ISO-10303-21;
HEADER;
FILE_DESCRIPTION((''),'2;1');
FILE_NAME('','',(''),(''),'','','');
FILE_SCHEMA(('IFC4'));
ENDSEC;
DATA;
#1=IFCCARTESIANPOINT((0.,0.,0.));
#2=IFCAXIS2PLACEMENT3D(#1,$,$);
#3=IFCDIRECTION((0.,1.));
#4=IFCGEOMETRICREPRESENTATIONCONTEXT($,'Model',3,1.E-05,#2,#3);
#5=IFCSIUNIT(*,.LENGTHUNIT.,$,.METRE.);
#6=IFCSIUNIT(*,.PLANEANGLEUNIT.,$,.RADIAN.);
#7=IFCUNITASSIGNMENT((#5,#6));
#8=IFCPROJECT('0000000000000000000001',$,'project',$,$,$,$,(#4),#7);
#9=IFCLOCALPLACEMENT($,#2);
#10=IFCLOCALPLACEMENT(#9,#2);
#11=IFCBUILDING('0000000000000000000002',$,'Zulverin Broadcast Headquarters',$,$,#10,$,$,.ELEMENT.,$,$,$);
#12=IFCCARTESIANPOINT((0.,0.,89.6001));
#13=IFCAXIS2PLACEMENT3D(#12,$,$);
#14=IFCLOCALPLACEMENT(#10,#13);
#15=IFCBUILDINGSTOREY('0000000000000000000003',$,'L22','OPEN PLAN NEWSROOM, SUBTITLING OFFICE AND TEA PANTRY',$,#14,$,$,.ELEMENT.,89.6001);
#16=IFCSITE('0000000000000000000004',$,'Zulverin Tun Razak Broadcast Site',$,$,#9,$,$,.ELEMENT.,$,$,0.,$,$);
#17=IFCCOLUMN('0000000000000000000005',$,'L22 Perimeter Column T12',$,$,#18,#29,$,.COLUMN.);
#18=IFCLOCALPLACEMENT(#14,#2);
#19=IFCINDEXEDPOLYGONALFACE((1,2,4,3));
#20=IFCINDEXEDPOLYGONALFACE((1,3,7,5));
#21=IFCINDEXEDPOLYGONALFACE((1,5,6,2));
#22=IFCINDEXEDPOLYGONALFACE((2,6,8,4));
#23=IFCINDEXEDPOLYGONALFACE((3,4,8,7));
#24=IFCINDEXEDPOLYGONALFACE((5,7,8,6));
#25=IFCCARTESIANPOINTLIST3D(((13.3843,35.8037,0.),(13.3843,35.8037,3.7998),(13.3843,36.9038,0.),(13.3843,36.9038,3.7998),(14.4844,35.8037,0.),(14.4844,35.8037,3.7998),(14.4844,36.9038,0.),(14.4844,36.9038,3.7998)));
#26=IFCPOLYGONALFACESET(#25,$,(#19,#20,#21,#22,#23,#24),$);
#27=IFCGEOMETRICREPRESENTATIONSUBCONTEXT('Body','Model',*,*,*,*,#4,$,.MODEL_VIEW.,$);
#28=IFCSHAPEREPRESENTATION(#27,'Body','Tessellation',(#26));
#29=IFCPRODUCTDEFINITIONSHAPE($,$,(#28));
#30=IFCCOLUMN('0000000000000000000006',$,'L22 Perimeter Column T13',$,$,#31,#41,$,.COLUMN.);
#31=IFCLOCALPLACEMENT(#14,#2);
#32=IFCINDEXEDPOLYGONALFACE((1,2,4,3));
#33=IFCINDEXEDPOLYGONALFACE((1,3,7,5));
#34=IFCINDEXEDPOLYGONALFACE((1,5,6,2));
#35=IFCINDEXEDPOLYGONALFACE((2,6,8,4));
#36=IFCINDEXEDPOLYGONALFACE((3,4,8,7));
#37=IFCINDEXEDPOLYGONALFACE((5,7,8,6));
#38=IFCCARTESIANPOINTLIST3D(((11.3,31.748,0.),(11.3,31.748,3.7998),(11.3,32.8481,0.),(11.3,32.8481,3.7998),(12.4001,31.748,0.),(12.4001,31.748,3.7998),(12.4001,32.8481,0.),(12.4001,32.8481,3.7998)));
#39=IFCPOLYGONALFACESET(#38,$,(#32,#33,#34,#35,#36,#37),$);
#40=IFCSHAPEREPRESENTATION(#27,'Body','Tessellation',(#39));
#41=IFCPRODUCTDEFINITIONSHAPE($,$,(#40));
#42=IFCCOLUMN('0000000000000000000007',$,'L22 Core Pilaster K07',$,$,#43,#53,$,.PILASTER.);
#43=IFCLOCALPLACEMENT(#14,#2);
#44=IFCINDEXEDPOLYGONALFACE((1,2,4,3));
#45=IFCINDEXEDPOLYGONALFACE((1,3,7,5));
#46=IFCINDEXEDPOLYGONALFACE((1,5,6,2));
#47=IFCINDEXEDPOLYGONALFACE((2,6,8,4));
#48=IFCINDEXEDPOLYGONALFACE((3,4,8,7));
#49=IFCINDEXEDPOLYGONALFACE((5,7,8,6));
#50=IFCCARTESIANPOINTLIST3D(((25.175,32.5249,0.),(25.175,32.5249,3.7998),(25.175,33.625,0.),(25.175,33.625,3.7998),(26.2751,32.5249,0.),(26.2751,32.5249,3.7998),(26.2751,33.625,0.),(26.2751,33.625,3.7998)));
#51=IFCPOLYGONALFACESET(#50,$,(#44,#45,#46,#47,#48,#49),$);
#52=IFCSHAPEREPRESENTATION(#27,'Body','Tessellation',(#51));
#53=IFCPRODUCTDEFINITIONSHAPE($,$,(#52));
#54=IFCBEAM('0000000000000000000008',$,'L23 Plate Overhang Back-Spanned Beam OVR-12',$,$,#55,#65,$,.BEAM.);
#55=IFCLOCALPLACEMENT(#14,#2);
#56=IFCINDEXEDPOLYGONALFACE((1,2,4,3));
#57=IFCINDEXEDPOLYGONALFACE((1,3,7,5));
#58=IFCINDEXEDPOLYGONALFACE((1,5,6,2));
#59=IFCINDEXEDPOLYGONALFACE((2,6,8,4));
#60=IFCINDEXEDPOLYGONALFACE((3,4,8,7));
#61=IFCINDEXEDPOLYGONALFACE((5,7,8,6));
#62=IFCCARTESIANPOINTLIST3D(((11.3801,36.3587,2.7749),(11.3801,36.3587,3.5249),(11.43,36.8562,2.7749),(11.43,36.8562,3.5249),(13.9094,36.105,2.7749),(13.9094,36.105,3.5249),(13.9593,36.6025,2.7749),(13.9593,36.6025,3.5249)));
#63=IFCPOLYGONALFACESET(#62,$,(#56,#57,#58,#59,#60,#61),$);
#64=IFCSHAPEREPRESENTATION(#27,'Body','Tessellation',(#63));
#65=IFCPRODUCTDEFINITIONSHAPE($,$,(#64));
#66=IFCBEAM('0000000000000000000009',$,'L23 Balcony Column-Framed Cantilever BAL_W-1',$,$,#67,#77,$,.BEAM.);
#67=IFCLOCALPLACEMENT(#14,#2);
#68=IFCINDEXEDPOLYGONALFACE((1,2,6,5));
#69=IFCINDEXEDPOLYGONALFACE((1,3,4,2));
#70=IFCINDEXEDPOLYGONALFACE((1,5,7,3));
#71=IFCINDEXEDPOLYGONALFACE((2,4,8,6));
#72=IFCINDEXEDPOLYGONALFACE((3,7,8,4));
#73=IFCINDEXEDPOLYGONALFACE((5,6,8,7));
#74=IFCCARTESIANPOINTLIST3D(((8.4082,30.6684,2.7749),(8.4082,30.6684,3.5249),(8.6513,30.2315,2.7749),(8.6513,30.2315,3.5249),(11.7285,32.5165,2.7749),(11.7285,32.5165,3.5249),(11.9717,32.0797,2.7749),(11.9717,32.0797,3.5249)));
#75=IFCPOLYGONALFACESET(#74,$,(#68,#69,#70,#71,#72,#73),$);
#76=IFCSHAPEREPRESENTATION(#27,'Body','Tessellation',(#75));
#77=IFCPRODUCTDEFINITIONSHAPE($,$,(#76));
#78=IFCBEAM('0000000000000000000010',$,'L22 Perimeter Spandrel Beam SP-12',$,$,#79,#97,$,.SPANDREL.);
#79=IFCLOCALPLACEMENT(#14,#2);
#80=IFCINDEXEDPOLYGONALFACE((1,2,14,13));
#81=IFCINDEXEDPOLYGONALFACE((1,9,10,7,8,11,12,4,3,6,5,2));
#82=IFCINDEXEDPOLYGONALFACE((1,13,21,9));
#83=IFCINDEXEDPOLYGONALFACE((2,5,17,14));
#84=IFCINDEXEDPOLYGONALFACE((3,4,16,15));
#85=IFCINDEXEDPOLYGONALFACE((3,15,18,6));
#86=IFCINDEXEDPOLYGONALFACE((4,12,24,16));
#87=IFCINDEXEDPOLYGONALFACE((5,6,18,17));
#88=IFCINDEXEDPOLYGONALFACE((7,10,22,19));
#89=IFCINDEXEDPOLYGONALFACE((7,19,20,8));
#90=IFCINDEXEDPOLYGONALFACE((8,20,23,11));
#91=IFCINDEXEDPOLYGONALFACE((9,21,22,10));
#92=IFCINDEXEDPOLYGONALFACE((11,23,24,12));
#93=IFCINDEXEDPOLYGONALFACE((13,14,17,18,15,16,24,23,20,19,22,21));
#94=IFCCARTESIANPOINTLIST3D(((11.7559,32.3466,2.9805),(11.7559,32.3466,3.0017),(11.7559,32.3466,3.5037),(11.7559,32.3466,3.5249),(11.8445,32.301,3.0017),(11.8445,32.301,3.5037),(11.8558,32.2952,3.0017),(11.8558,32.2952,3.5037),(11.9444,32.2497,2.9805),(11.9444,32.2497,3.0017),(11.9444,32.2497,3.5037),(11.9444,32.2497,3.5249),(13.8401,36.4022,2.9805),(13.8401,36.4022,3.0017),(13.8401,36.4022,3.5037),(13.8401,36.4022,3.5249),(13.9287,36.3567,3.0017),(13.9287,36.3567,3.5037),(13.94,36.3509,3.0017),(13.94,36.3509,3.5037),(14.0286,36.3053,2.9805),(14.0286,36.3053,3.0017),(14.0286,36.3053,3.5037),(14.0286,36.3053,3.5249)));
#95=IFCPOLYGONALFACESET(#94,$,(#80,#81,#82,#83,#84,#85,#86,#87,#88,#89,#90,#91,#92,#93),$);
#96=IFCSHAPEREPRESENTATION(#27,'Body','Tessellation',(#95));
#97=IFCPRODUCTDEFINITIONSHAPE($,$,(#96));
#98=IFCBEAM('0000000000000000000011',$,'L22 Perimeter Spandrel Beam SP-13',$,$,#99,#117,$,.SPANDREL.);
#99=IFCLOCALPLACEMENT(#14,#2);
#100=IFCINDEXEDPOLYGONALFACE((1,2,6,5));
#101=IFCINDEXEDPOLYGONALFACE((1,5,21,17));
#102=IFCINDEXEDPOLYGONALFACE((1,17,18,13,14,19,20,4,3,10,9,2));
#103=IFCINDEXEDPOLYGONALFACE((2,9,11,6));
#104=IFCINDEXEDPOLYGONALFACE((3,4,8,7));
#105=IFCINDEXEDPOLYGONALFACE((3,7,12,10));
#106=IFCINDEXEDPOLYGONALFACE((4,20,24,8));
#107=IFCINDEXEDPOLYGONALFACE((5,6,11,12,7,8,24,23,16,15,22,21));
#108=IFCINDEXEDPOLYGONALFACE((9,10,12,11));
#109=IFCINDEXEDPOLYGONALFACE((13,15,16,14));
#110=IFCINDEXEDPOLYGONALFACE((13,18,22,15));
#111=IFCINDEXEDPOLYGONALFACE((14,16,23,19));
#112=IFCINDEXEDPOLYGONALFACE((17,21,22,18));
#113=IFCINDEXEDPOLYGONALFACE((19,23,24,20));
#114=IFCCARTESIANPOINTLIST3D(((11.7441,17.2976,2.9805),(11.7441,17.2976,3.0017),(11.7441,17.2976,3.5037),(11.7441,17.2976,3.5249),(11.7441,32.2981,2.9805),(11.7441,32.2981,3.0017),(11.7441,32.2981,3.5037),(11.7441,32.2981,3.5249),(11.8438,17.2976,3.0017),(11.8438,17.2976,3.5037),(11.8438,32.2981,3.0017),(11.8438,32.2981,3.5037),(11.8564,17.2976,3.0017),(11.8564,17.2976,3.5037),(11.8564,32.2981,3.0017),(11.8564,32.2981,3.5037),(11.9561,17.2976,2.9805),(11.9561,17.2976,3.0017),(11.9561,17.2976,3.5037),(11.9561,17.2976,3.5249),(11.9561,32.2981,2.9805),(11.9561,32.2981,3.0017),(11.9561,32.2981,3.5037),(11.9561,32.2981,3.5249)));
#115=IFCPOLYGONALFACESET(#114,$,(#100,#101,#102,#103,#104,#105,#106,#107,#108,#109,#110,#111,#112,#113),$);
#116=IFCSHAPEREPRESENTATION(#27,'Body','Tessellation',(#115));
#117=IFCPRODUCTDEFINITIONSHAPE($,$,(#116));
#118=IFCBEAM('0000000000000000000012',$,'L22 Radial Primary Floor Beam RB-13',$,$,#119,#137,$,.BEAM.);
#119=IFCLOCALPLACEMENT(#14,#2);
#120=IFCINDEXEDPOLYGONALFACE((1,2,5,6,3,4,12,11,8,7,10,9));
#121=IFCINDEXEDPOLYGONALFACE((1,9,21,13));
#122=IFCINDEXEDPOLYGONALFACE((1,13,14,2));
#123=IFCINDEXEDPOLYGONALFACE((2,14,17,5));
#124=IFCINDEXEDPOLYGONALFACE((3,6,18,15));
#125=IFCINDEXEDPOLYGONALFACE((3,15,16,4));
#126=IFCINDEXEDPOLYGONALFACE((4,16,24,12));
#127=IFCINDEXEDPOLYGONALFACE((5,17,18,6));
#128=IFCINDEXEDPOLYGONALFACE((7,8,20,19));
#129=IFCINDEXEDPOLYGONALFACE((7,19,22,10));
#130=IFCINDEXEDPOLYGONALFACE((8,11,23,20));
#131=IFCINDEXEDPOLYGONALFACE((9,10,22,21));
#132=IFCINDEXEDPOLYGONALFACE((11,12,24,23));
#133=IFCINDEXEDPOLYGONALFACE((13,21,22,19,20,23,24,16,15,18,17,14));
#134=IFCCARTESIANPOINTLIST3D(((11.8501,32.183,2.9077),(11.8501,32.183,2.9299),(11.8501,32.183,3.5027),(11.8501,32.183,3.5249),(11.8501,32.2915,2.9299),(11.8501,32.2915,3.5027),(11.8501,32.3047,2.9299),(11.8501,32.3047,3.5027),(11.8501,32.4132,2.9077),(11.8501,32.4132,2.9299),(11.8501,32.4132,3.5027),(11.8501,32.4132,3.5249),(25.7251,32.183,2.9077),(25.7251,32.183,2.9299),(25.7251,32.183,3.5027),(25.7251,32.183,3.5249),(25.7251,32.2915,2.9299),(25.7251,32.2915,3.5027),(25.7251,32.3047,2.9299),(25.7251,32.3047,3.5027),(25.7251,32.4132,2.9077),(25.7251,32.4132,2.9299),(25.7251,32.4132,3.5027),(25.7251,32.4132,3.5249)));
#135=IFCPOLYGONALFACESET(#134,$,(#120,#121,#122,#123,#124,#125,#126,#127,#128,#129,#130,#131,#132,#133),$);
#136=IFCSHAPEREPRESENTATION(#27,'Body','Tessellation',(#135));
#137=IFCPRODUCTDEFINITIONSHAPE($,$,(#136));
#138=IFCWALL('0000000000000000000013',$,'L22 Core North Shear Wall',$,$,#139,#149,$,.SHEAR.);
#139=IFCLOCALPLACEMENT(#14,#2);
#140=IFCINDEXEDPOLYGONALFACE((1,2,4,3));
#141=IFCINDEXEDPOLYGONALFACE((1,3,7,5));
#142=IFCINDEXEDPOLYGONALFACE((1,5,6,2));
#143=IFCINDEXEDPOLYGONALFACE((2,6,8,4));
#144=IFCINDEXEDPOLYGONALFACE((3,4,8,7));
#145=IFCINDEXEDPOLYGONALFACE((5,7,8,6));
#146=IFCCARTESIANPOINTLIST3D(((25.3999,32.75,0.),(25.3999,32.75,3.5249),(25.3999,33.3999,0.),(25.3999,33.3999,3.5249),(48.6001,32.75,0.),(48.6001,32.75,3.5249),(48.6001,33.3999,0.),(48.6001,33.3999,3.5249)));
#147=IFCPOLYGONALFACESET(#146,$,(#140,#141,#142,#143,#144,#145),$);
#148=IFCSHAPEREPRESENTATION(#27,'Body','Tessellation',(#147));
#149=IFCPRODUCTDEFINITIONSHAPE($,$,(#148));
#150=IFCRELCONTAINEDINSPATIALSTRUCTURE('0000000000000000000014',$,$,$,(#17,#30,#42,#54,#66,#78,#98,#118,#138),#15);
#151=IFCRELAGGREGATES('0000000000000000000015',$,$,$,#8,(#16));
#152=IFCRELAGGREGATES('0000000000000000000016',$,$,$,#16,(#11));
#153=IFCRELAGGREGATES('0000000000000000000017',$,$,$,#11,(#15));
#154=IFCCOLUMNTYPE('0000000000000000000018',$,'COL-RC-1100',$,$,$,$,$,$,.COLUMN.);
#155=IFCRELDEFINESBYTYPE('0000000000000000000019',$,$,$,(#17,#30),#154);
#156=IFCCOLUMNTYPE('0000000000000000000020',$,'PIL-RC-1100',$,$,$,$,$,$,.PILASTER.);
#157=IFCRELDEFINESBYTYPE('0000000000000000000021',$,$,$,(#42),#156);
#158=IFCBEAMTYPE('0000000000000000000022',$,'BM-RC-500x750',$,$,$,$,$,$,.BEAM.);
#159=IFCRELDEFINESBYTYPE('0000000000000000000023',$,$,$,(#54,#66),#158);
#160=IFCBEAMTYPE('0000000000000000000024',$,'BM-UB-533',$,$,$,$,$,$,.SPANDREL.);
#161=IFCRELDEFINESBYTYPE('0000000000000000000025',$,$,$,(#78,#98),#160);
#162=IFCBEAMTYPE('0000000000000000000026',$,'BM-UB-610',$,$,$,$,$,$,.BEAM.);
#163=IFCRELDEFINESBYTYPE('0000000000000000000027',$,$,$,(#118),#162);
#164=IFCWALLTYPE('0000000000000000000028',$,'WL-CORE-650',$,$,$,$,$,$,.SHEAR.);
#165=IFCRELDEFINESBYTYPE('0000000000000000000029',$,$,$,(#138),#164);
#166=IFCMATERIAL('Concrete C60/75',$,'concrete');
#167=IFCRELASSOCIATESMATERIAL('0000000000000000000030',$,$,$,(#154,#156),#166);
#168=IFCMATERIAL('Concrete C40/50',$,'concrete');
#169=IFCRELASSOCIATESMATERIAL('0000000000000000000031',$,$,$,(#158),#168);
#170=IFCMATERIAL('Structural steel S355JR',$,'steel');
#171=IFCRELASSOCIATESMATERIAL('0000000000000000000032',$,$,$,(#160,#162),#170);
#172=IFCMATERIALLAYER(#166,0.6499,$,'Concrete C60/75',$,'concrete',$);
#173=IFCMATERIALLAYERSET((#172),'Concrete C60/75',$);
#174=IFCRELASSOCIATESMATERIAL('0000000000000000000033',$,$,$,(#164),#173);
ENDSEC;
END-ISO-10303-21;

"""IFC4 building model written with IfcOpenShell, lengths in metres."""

from ifc_helpers import new_model, si_unit, direction, frame, frame_2d, origin, origin_2d, place, context, subcontext, project, spatial, rectangle, i_section, extrude, material, layer, layer_set, material_profile, profile_set, type_object, element, save


model = new_model("IFC4")

# Units and contexts
model_context = context("Model", 3, precision=1e-05, world=origin(), true_north=direction((0.0, 1.0)))
body_context = subcontext(model_context, "Body", "Model", "MODEL_VIEW")
ifc_project = project(units=[si_unit("LENGTHUNIT", "METRE"), si_unit("PLANEANGLEUNIT", "RADIAN")], contexts=[model_context])

# Site, building, storey
site_placement = place(None, origin())
site = spatial("IfcSite", under=ifc_project, at=site_placement, Name="Zulverin Tun Razak Broadcast Site", CompositionType="ELEMENT", RefElevation=0.0)
building_placement = place(site_placement, origin())
building = spatial("IfcBuilding", under=site, at=building_placement, Name="Zulverin Broadcast Headquarters", CompositionType="ELEMENT")
storey_placement = place(building_placement, frame((0.0, 0.0, 89.6001)))
storey = spatial("IfcBuildingStorey", under=building, at=storey_placement, Name="L22", Description="OPEN PLAN NEWSROOM, SUBTITLING OFFICE AND TEA PANTRY", CompositionType="ELEMENT", Elevation=89.6001)

# Columns
ifc_material_1 = material(Name="Concrete C60/75", Category="concrete")
ifc_material_profile_1 = material_profile(ifc_material_1, rectangle(XDim=1.1001, YDim=1.1001, at=origin_2d()), Name="Concrete C60/75", Category="concrete")
ifc_profile_set_1 = profile_set([ifc_material_profile_1], Name="Concrete C60/75")
column_type_1 = type_object("IfcColumnType", Name="COL-RC-1100", PredefinedType="COLUMN", material=ifc_profile_set_1)
for number, where, z_axis, x_axis, name in (
    (1, (13.9343, 36.3538, 0.0), (0.0, 0.0, 1.0), (1.0, 0.0, 0.0), "L22 Perimeter Column T12"),
    (2, (11.8501, 32.2981, 0.0), (0.0, 0.0, 1.0), (1.0, 0.0, 0.0), "L22 Perimeter Column T13"),
):
    element("IfcColumn", number, at=place(storey_placement, frame(where, z_axis=z_axis, x_axis=x_axis)), inside=storey, type_object=column_type_1, Name=name, PredefinedType="COLUMN", context=body_context, shape_type="SweptSolid", body=[
        extrude(rectangle(XDim=1.1001, YDim=1.1001, at=origin_2d()), origin(), (0.0, 0.0, 1.0), 3.7998),
    ])
ifc_material_profile_2 = material_profile(ifc_material_1, rectangle(XDim=1.1001, YDim=1.1001, at=origin_2d()), Name="Concrete C60/75", Category="concrete")
ifc_profile_set_2 = profile_set([ifc_material_profile_2], Name="Concrete C60/75")
column_type_2 = type_object("IfcColumnType", Name="PIL-RC-1100", PredefinedType="PILASTER", material=ifc_profile_set_2)
column_placement = place(storey_placement, frame((25.7251, 33.075, 0.0), z_axis=(0.0, 0.0, 1.0), x_axis=(1.0, 0.0, 0.0)))
element("IfcColumn", 3, at=column_placement, inside=storey, type_object=column_type_2, Name="L22 Core Pilaster K07", PredefinedType="PILASTER", context=body_context, shape_type="SweptSolid", body=[
    extrude(rectangle(XDim=1.1001, YDim=1.1001, at=origin_2d()), origin(), (0.0, 0.0, 1.0), 3.7998),
])

# Beams
ifc_material_2 = material(Name="Concrete C40/50", Category="concrete")
ifc_material_profile_3 = material_profile(ifc_material_2, rectangle(XDim=0.5, YDim=0.75, at=origin_2d()), Name="Concrete C40/50", Category="concrete")
ifc_profile_set_3 = profile_set([ifc_material_profile_3], Name="Concrete C40/50")
beam_type_1 = type_object("IfcBeamType", Name="BM-RC-500x750", PredefinedType="BEAM", material=ifc_profile_set_3)
beam_1_placement = place(storey_placement, frame((13.9343, 36.3538, 3.1499), z_axis=(-0.995009, 0.099789, 0.0), x_axis=(-0.099789, -0.995009, 0.0)))
element("IfcBeam", 4, at=beam_1_placement, inside=storey, type_object=beam_type_1, Name="L23 Plate Overhang Back-Spanned Beam OVR-12", PredefinedType="BEAM", context=body_context, shape_type="SweptSolid", body=[
    extrude(rectangle(XDim=0.5, YDim=0.75, at=origin_2d()), origin(), (0.0, 0.0, 1.0), 2.542),
])
beam_2_placement = place(storey_placement, frame((11.8501, 32.2981, 3.1499), z_axis=(-0.873763, -0.486352, 0.0), x_axis=(0.486352, -0.873763, 0.0)))
element("IfcBeam", 5, at=beam_2_placement, inside=storey, type_object=beam_type_1, Name="L23 Balcony Column-Framed Cantilever BAL_W-1", PredefinedType="BEAM", context=body_context, shape_type="SweptSolid", body=[
    extrude(rectangle(XDim=0.5, YDim=0.75, at=origin_2d()), origin(), (0.0, 0.0, 1.0), 3.8),
])
ifc_material_3 = material(Name="Structural steel S355JR", Category="steel")
ifc_material_profile_4 = material_profile(ifc_material_3, i_section(OverallWidth=0.2119, OverallDepth=0.5444, WebThickness=0.0127, FlangeThickness=0.0212, at=origin_2d()), Name="Structural steel S355JR", Category="steel")
ifc_profile_set_4 = profile_set([ifc_material_profile_4], Name="Structural steel S355JR")
beam_type_2 = type_object("IfcBeamType", Name="BM-UB-533", PredefinedType="SPANDREL", material=ifc_profile_set_4)
beam_3_placement = place(storey_placement, frame((13.9343, 36.3538, 3.2527), z_axis=(-0.457081, -0.889425, 0.0), x_axis=(0.889425, -0.457081, 0.0)))
element("IfcBeam", 6, at=beam_3_placement, inside=storey, type_object=beam_type_2, Name="L22 Perimeter Spandrel Beam SP-12", PredefinedType="SPANDREL", context=body_context, shape_type="SweptSolid", body=[
    extrude(i_section(OverallWidth=0.2119, OverallDepth=0.5444, WebThickness=0.0127, FlangeThickness=0.0212, at=origin_2d()), origin(), (0.0, 0.0, 1.0), 4.5598),
])
beam_4_placement = place(storey_placement, frame((11.8501, 32.2981, 3.2527), z_axis=(0.0, -1.0, 0.0), x_axis=(1.0, 0.0, 0.0)))
element("IfcBeam", 7, at=beam_4_placement, inside=storey, type_object=beam_type_2, Name="L22 Perimeter Spandrel Beam SP-13", PredefinedType="SPANDREL", context=body_context, shape_type="SweptSolid", body=[
    extrude(i_section(OverallWidth=0.2119, OverallDepth=0.5444, WebThickness=0.0127, FlangeThickness=0.0212, at=origin_2d()), origin(), (0.0, 0.0, 1.0), 15.0005),
])
ifc_material_profile_5 = material_profile(ifc_material_3, i_section(OverallWidth=0.2302, OverallDepth=0.6172, WebThickness=0.0132, FlangeThickness=0.0222, at=origin_2d()), Name="Structural steel S355JR", Category="steel")
ifc_profile_set_5 = profile_set([ifc_material_profile_5], Name="Structural steel S355JR")
beam_type_3 = type_object("IfcBeamType", Name="BM-UB-610", PredefinedType="BEAM", material=ifc_profile_set_5)
beam_5_placement = place(storey_placement, frame((25.7251, 32.2981, 3.2163), z_axis=(-1.0, 0.0, 0.0), x_axis=(0.0, -1.0, 0.0)))
element("IfcBeam", 8, at=beam_5_placement, inside=storey, type_object=beam_type_3, Name="L22 Radial Primary Floor Beam RB-13", PredefinedType="BEAM", context=body_context, shape_type="SweptSolid", body=[
    extrude(i_section(OverallWidth=0.2302, OverallDepth=0.6172, WebThickness=0.0132, FlangeThickness=0.0222, at=origin_2d()), origin(), (0.0, 0.0, 1.0), 13.875),
])

# Wall
ifc_layer_1 = layer(ifc_material_1, 0.6499, Name="Concrete C60/75", Category="concrete")
ifc_layer_set_1 = layer_set([ifc_layer_1], Name="Concrete C60/75")
wall_type_1 = type_object("IfcWallType", Name="WL-CORE-650", PredefinedType="SHEAR", material=ifc_layer_set_1)
wall_1_placement = place(storey_placement, frame((25.3999, 33.075, 0.0), z_axis=(0.0, 0.0, 1.0), x_axis=(1.0, 0.0, 0.0)))
element("IfcWall", 9, at=wall_1_placement, inside=storey, type_object=wall_type_1, Name="L22 Core North Shear Wall", PredefinedType="SHEAR", context=body_context, shape_type="SweptSolid", body=[
    extrude(rectangle(XDim=23.2002, YDim=0.6499, at=frame_2d((11.6001, 0.0))), origin(), (0.0, 0.0, 1.0), 3.5249),
])

save(model, "model.ifc")
